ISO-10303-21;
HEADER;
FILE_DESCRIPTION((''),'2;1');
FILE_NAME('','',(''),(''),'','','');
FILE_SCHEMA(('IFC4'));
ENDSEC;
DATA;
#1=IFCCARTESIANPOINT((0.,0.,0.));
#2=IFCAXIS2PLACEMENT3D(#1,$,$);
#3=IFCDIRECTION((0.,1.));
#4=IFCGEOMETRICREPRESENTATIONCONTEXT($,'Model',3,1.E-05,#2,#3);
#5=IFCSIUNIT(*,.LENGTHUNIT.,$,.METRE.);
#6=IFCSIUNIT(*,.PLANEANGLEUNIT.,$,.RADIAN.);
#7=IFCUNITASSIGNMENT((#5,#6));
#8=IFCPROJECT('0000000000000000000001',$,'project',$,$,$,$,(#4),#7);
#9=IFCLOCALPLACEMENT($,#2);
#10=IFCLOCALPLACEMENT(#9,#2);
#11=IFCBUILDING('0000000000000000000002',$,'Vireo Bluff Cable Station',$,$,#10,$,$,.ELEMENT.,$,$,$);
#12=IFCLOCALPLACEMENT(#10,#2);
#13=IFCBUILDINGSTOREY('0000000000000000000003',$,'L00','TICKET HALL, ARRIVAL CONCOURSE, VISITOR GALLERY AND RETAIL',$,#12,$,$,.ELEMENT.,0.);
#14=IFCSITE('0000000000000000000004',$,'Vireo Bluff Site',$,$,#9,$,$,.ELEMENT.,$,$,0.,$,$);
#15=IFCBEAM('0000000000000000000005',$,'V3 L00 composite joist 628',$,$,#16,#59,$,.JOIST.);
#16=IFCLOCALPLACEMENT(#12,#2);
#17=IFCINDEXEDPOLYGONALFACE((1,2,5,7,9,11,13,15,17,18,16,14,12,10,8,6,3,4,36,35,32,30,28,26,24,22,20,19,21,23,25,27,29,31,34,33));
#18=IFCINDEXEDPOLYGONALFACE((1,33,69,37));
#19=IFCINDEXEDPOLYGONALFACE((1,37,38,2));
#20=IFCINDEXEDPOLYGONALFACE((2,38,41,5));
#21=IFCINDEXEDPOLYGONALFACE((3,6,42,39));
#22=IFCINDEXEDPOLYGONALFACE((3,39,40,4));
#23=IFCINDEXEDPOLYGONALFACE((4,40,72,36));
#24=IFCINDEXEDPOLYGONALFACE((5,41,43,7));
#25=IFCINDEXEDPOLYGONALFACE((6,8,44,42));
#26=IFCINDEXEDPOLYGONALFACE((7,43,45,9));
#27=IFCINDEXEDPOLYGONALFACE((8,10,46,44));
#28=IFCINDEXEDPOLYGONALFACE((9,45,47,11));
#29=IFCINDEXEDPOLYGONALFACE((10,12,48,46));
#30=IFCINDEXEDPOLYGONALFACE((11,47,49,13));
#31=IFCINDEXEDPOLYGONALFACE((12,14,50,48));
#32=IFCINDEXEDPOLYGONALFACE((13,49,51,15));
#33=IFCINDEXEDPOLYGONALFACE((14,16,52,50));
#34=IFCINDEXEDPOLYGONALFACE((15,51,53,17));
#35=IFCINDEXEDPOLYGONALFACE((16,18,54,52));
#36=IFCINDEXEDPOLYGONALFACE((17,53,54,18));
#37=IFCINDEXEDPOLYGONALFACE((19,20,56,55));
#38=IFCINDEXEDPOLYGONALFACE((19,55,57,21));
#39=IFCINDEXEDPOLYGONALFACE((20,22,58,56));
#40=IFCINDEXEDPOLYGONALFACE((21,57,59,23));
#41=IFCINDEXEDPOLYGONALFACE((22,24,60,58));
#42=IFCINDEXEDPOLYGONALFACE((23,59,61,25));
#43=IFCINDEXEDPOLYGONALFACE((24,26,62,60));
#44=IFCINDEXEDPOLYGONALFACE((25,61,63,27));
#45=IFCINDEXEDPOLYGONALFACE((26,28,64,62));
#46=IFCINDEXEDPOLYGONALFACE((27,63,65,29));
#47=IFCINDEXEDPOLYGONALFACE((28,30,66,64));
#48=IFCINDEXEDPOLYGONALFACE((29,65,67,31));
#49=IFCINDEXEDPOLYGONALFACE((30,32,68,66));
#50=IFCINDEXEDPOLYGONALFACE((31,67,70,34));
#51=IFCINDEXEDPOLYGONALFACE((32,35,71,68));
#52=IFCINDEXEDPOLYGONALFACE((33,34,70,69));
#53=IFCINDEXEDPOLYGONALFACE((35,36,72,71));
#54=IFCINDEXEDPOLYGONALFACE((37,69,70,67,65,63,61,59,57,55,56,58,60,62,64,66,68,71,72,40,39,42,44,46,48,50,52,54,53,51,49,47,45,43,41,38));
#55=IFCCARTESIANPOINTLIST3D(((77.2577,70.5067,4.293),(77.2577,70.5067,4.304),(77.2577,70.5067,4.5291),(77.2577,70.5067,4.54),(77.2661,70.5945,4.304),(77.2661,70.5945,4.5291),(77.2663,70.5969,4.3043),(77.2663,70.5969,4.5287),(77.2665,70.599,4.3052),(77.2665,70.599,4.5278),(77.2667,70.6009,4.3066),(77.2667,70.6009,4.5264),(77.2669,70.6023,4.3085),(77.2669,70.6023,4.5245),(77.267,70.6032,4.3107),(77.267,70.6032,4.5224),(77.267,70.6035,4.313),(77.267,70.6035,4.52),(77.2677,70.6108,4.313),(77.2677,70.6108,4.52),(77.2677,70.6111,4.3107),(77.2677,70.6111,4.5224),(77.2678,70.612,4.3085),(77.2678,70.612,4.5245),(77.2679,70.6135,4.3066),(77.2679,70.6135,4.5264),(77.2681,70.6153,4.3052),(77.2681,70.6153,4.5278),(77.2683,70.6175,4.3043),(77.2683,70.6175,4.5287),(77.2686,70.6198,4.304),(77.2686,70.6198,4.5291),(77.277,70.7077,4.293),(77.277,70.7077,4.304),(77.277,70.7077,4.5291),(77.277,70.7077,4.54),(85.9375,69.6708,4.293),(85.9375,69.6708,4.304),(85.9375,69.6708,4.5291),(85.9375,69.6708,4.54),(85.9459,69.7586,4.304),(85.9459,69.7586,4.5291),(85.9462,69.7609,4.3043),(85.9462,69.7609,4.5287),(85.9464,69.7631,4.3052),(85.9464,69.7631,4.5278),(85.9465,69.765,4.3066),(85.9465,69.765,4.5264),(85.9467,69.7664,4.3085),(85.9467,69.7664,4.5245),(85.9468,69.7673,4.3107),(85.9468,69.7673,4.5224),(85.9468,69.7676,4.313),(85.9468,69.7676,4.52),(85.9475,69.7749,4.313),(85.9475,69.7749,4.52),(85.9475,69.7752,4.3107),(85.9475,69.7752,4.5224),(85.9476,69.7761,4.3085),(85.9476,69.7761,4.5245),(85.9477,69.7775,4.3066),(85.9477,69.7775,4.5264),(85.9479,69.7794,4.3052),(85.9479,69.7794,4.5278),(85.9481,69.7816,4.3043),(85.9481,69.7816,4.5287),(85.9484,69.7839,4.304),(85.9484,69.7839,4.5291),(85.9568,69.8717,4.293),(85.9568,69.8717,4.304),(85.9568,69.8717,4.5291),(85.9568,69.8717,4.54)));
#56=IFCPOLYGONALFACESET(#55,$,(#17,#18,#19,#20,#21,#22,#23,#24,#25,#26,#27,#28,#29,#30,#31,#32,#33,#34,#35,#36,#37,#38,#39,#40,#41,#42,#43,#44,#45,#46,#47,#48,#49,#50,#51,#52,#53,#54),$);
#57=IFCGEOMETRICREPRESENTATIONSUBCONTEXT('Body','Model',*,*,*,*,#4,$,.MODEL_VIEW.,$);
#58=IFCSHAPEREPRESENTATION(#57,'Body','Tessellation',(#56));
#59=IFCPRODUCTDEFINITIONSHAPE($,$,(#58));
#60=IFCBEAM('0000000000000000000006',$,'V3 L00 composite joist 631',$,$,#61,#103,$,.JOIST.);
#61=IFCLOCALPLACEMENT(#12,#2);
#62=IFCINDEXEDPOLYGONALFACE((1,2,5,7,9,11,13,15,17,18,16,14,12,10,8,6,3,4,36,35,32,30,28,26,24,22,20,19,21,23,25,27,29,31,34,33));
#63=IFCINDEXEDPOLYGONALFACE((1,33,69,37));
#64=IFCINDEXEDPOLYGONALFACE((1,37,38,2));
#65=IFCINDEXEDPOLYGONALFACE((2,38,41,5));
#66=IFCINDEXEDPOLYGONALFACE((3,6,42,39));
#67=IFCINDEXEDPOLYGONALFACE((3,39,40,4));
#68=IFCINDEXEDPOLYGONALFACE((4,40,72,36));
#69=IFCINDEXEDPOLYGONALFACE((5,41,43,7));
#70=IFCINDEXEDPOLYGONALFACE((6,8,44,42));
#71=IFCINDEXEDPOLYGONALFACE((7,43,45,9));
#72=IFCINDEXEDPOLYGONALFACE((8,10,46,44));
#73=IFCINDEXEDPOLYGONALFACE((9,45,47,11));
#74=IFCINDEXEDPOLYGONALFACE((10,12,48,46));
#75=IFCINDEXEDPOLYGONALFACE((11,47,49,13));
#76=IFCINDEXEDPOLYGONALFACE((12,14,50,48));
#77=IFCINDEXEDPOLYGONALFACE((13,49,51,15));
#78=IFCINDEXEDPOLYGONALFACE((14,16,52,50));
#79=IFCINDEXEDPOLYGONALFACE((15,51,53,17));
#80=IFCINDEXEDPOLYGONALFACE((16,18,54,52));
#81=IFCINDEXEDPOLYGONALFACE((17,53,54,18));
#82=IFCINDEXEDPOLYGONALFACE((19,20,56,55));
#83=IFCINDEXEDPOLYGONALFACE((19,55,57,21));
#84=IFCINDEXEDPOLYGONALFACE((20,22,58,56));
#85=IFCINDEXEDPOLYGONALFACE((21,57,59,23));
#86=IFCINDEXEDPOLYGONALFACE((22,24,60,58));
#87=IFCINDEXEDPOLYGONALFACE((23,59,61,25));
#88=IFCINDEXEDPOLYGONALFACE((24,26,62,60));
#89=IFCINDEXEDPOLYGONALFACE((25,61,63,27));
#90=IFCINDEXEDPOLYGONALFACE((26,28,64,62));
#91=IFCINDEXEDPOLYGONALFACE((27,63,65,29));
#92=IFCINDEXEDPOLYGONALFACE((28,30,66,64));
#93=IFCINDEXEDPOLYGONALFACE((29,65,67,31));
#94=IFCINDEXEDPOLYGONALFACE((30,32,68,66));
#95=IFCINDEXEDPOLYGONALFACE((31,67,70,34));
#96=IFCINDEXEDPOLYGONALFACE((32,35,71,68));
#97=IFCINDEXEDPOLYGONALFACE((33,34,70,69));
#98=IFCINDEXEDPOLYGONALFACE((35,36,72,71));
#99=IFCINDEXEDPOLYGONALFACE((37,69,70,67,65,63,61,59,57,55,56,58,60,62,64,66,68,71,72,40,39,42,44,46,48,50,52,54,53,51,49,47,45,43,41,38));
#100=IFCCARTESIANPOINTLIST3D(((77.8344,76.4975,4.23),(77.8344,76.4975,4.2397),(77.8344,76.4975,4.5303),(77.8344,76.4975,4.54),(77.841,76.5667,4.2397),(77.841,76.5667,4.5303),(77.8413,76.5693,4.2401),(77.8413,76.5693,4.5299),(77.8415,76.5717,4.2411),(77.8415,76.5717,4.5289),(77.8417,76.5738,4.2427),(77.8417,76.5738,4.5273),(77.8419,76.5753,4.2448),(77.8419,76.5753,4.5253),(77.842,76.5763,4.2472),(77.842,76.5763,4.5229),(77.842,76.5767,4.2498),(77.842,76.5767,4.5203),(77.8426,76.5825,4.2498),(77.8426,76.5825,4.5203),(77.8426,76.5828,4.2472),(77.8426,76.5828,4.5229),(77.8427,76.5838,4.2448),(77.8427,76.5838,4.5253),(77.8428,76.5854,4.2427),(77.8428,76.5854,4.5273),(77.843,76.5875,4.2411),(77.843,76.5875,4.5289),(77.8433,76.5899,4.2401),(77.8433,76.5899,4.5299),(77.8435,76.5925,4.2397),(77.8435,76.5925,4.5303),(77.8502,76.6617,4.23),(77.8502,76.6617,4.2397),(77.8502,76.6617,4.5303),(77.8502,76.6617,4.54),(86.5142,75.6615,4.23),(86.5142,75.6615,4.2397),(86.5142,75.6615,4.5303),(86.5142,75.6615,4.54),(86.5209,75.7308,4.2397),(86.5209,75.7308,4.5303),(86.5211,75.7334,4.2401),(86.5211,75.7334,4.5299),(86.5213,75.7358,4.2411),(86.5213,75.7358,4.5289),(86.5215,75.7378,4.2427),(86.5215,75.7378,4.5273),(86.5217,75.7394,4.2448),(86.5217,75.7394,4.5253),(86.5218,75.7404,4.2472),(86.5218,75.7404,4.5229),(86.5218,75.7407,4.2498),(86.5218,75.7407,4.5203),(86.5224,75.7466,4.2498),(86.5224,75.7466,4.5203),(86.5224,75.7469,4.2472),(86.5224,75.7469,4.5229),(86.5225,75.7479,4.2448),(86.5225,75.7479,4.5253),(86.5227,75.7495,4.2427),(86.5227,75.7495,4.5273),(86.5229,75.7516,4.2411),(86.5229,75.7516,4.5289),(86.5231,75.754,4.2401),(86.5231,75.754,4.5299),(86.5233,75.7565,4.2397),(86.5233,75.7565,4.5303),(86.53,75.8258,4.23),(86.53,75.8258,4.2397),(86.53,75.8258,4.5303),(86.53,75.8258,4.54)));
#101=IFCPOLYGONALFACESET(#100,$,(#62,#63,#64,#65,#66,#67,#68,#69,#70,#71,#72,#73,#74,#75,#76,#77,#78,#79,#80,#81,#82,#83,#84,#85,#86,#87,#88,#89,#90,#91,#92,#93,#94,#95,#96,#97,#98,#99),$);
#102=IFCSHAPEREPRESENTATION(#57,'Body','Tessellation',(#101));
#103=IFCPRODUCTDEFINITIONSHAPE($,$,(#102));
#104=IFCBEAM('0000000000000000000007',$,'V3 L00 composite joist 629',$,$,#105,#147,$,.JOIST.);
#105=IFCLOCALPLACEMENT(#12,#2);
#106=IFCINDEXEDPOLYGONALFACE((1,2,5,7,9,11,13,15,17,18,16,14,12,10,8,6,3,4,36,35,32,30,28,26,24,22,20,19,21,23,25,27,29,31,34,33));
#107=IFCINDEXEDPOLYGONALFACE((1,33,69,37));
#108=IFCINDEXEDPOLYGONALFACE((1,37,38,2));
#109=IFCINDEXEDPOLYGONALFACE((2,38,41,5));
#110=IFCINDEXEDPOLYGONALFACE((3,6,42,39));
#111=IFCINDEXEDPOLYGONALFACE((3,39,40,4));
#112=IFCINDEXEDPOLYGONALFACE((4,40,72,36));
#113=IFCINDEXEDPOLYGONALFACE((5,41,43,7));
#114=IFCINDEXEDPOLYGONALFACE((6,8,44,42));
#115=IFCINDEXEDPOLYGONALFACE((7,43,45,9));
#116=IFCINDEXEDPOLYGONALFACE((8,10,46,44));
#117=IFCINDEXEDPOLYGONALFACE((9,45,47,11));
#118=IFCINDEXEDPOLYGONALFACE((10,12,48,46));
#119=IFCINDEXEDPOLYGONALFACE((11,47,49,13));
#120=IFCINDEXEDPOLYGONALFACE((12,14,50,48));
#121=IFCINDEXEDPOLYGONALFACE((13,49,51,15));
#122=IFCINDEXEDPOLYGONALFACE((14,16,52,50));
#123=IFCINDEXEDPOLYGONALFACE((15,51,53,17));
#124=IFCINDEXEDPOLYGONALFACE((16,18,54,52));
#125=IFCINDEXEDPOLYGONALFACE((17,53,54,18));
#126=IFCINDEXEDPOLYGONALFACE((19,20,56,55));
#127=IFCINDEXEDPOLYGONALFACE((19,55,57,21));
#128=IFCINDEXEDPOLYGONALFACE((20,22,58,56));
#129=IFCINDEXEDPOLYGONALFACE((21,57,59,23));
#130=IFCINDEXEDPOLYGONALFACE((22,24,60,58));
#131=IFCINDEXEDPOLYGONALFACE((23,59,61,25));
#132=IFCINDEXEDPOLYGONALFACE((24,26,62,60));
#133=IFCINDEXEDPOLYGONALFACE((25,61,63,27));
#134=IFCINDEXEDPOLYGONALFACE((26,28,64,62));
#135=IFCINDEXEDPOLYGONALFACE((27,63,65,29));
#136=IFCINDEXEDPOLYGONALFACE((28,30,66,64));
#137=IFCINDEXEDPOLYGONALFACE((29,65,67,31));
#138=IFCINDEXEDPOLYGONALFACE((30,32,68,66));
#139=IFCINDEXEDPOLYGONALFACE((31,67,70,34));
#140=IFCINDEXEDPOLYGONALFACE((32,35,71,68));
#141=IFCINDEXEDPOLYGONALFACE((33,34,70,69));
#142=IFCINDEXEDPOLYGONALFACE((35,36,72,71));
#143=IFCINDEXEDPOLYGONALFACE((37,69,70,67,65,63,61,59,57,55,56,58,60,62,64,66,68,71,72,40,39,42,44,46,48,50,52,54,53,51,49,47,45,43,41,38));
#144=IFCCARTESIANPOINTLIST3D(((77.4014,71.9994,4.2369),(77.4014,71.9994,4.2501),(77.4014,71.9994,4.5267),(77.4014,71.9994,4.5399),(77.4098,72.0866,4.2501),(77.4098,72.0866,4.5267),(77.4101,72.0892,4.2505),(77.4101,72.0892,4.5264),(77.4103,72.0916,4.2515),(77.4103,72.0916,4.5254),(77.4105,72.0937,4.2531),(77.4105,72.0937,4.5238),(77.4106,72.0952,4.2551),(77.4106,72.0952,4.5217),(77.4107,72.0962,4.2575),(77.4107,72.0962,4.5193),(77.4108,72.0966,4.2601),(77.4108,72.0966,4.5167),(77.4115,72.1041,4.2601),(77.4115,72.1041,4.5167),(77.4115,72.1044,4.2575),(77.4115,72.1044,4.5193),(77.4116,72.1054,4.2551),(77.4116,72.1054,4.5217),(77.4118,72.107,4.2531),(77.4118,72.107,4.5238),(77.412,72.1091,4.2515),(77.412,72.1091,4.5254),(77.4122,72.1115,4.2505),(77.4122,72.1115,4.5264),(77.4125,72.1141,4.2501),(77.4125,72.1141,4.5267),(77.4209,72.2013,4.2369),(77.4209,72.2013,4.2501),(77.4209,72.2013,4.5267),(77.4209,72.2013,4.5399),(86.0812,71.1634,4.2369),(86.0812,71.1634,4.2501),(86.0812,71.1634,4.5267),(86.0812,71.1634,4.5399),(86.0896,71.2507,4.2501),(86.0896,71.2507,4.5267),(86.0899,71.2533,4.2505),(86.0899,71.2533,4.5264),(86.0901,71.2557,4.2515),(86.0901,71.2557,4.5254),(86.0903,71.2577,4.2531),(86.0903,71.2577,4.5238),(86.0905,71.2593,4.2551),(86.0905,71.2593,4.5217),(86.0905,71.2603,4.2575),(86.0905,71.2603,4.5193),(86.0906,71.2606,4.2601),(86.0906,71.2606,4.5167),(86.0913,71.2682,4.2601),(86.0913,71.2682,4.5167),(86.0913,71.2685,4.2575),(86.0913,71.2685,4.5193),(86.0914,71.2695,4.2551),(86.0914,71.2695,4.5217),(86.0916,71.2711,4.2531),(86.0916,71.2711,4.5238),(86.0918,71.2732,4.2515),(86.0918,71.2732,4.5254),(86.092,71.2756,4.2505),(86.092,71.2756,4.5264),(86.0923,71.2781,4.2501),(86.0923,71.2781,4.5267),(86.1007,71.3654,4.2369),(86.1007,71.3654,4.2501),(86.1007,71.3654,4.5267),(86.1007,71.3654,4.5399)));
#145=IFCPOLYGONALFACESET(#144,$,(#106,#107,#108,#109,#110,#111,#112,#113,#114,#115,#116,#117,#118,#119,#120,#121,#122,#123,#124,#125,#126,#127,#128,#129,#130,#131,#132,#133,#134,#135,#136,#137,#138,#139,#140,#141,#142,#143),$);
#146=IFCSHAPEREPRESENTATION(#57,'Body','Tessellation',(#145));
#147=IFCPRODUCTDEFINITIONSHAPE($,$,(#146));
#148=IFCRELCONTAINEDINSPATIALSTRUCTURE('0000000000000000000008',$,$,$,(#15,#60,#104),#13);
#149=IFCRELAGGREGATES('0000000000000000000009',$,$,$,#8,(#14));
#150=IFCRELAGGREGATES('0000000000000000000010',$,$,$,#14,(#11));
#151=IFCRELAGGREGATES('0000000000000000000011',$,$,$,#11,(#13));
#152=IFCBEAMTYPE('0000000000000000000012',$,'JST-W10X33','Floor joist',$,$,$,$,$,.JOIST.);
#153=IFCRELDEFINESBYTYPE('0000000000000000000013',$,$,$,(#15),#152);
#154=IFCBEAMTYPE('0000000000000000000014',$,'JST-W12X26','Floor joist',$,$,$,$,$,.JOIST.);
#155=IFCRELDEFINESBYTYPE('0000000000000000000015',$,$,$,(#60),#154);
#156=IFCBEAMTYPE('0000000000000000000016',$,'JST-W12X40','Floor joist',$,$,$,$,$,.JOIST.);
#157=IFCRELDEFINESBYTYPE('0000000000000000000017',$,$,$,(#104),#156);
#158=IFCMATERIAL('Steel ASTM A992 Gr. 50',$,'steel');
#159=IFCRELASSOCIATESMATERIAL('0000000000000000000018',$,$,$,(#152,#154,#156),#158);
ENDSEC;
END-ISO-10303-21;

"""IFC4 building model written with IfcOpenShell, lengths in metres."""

from ifc_helpers import new_model, si_unit, direction, frame, origin, origin_2d, place, context, subcontext, project, spatial, i_section, extrude, material, material_profile, profile_set, type_object, element, save


model = new_model("IFC4")

# Units and contexts
model_context = context("Model", 3, precision=1e-05, world=origin(), true_north=direction((0.0, 1.0)))
body_context = subcontext(model_context, "Body", "Model", "MODEL_VIEW")
ifc_project = project(units=[si_unit("LENGTHUNIT", "METRE"), si_unit("PLANEANGLEUNIT", "RADIAN")], contexts=[model_context])

# Site, building, storey
site_placement = place(None, origin())
site = spatial("IfcSite", under=ifc_project, at=site_placement, Name="Vireo Bluff Site", CompositionType="ELEMENT", RefElevation=0.0)
building_placement = place(site_placement, origin())
building = spatial("IfcBuilding", under=site, at=building_placement, Name="Vireo Bluff Cable Station", CompositionType="ELEMENT")
storey_placement = place(building_placement, origin())
storey = spatial("IfcBuildingStorey", under=building, at=storey_placement, Name="L00", Description="TICKET HALL, ARRIVAL CONCOURSE, VISITOR GALLERY AND RETAIL", CompositionType="ELEMENT", Elevation=0.0)

# Shared definitions
ifc_material_1 = material(Name="Steel ASTM A992 Gr. 50", Category="steel")

# Beams
ifc_material_profile_1 = material_profile(ifc_material_1, i_section(OverallWidth=0.2019, OverallDepth=0.2471, WebThickness=0.0073, FlangeThickness=0.011, FilletRadius=0.009, at=origin_2d()), Name="W10X33")
ifc_profile_set_1 = profile_set([ifc_material_profile_1], Name="Steel ASTM A992 Gr. 50")
beam_type_1 = type_object("IfcBeamType", Name="JST-W10X33", Description="Floor joist", PredefinedType="JOIST", material=ifc_profile_set_1)
beam_1_placement = place(storey_placement, frame((77.2673, 70.6072, 4.4165), z_axis=(0.995395, -0.095863, 0.0), x_axis=(0.095863, 0.995395, 0.0)))
element("IfcBeam", 1, at=beam_1_placement, inside=storey, type_object=beam_type_1, Name="V3 L00 composite joist 628", PredefinedType="JOIST", context=body_context, shape_type="SweptSolid", body=[
    extrude(i_section(OverallWidth=0.2019, OverallDepth=0.2471, WebThickness=0.0073, FlangeThickness=0.011, FilletRadius=0.009, at=origin_2d()), origin(), (0.0, 0.0, 1.0), 8.72),
])
ifc_material_profile_2 = material_profile(ifc_material_1, i_section(OverallWidth=0.165, OverallDepth=0.3101, WebThickness=0.0059, FlangeThickness=0.0098, FilletRadius=0.01, at=origin_2d()), Name="W12X26")
ifc_profile_set_2 = profile_set([ifc_material_profile_2], Name="Steel ASTM A992 Gr. 50")
beam_type_2 = type_object("IfcBeamType", Name="JST-W12X26", Description="Floor joist", PredefinedType="JOIST", material=ifc_profile_set_2)
beam_2_placement = place(storey_placement, frame((77.8423, 76.5796, 4.385), z_axis=(0.995395, -0.095863, 0.0), x_axis=(0.095863, 0.995395, 0.0)))
element("IfcBeam", 2, at=beam_2_placement, inside=storey, type_object=beam_type_2, Name="V3 L00 composite joist 631", PredefinedType="JOIST", context=body_context, shape_type="SweptSolid", body=[
    extrude(i_section(OverallWidth=0.165, OverallDepth=0.3101, WebThickness=0.0059, FlangeThickness=0.0098, FilletRadius=0.01, at=origin_2d()), origin(), (0.0, 0.0, 1.0), 8.72),
])
ifc_material_profile_3 = material_profile(ifc_material_1, i_section(OverallWidth=0.2029, OverallDepth=0.303, WebThickness=0.0076, FlangeThickness=0.0132, FilletRadius=0.01, at=origin_2d()), Name="W12X40")
ifc_profile_set_3 = profile_set([ifc_material_profile_3], Name="Steel ASTM A992 Gr. 50")
beam_type_3 = type_object("IfcBeamType", Name="JST-W12X40", Description="Floor joist", PredefinedType="JOIST", material=ifc_profile_set_3)
beam_3_placement = place(storey_placement, frame((77.4111, 72.1003, 4.3884), z_axis=(0.995395, -0.095863, 0.0), x_axis=(0.095863, 0.995395, 0.0)))
element("IfcBeam", 3, at=beam_3_placement, inside=storey, type_object=beam_type_3, Name="V3 L00 composite joist 629", PredefinedType="JOIST", context=body_context, shape_type="SweptSolid", body=[
    extrude(i_section(OverallWidth=0.2029, OverallDepth=0.303, WebThickness=0.0076, FlangeThickness=0.0132, FilletRadius=0.01, at=origin_2d()), origin(), (0.0, 0.0, 1.0), 8.72),
])

save(model, "model.ifc")
